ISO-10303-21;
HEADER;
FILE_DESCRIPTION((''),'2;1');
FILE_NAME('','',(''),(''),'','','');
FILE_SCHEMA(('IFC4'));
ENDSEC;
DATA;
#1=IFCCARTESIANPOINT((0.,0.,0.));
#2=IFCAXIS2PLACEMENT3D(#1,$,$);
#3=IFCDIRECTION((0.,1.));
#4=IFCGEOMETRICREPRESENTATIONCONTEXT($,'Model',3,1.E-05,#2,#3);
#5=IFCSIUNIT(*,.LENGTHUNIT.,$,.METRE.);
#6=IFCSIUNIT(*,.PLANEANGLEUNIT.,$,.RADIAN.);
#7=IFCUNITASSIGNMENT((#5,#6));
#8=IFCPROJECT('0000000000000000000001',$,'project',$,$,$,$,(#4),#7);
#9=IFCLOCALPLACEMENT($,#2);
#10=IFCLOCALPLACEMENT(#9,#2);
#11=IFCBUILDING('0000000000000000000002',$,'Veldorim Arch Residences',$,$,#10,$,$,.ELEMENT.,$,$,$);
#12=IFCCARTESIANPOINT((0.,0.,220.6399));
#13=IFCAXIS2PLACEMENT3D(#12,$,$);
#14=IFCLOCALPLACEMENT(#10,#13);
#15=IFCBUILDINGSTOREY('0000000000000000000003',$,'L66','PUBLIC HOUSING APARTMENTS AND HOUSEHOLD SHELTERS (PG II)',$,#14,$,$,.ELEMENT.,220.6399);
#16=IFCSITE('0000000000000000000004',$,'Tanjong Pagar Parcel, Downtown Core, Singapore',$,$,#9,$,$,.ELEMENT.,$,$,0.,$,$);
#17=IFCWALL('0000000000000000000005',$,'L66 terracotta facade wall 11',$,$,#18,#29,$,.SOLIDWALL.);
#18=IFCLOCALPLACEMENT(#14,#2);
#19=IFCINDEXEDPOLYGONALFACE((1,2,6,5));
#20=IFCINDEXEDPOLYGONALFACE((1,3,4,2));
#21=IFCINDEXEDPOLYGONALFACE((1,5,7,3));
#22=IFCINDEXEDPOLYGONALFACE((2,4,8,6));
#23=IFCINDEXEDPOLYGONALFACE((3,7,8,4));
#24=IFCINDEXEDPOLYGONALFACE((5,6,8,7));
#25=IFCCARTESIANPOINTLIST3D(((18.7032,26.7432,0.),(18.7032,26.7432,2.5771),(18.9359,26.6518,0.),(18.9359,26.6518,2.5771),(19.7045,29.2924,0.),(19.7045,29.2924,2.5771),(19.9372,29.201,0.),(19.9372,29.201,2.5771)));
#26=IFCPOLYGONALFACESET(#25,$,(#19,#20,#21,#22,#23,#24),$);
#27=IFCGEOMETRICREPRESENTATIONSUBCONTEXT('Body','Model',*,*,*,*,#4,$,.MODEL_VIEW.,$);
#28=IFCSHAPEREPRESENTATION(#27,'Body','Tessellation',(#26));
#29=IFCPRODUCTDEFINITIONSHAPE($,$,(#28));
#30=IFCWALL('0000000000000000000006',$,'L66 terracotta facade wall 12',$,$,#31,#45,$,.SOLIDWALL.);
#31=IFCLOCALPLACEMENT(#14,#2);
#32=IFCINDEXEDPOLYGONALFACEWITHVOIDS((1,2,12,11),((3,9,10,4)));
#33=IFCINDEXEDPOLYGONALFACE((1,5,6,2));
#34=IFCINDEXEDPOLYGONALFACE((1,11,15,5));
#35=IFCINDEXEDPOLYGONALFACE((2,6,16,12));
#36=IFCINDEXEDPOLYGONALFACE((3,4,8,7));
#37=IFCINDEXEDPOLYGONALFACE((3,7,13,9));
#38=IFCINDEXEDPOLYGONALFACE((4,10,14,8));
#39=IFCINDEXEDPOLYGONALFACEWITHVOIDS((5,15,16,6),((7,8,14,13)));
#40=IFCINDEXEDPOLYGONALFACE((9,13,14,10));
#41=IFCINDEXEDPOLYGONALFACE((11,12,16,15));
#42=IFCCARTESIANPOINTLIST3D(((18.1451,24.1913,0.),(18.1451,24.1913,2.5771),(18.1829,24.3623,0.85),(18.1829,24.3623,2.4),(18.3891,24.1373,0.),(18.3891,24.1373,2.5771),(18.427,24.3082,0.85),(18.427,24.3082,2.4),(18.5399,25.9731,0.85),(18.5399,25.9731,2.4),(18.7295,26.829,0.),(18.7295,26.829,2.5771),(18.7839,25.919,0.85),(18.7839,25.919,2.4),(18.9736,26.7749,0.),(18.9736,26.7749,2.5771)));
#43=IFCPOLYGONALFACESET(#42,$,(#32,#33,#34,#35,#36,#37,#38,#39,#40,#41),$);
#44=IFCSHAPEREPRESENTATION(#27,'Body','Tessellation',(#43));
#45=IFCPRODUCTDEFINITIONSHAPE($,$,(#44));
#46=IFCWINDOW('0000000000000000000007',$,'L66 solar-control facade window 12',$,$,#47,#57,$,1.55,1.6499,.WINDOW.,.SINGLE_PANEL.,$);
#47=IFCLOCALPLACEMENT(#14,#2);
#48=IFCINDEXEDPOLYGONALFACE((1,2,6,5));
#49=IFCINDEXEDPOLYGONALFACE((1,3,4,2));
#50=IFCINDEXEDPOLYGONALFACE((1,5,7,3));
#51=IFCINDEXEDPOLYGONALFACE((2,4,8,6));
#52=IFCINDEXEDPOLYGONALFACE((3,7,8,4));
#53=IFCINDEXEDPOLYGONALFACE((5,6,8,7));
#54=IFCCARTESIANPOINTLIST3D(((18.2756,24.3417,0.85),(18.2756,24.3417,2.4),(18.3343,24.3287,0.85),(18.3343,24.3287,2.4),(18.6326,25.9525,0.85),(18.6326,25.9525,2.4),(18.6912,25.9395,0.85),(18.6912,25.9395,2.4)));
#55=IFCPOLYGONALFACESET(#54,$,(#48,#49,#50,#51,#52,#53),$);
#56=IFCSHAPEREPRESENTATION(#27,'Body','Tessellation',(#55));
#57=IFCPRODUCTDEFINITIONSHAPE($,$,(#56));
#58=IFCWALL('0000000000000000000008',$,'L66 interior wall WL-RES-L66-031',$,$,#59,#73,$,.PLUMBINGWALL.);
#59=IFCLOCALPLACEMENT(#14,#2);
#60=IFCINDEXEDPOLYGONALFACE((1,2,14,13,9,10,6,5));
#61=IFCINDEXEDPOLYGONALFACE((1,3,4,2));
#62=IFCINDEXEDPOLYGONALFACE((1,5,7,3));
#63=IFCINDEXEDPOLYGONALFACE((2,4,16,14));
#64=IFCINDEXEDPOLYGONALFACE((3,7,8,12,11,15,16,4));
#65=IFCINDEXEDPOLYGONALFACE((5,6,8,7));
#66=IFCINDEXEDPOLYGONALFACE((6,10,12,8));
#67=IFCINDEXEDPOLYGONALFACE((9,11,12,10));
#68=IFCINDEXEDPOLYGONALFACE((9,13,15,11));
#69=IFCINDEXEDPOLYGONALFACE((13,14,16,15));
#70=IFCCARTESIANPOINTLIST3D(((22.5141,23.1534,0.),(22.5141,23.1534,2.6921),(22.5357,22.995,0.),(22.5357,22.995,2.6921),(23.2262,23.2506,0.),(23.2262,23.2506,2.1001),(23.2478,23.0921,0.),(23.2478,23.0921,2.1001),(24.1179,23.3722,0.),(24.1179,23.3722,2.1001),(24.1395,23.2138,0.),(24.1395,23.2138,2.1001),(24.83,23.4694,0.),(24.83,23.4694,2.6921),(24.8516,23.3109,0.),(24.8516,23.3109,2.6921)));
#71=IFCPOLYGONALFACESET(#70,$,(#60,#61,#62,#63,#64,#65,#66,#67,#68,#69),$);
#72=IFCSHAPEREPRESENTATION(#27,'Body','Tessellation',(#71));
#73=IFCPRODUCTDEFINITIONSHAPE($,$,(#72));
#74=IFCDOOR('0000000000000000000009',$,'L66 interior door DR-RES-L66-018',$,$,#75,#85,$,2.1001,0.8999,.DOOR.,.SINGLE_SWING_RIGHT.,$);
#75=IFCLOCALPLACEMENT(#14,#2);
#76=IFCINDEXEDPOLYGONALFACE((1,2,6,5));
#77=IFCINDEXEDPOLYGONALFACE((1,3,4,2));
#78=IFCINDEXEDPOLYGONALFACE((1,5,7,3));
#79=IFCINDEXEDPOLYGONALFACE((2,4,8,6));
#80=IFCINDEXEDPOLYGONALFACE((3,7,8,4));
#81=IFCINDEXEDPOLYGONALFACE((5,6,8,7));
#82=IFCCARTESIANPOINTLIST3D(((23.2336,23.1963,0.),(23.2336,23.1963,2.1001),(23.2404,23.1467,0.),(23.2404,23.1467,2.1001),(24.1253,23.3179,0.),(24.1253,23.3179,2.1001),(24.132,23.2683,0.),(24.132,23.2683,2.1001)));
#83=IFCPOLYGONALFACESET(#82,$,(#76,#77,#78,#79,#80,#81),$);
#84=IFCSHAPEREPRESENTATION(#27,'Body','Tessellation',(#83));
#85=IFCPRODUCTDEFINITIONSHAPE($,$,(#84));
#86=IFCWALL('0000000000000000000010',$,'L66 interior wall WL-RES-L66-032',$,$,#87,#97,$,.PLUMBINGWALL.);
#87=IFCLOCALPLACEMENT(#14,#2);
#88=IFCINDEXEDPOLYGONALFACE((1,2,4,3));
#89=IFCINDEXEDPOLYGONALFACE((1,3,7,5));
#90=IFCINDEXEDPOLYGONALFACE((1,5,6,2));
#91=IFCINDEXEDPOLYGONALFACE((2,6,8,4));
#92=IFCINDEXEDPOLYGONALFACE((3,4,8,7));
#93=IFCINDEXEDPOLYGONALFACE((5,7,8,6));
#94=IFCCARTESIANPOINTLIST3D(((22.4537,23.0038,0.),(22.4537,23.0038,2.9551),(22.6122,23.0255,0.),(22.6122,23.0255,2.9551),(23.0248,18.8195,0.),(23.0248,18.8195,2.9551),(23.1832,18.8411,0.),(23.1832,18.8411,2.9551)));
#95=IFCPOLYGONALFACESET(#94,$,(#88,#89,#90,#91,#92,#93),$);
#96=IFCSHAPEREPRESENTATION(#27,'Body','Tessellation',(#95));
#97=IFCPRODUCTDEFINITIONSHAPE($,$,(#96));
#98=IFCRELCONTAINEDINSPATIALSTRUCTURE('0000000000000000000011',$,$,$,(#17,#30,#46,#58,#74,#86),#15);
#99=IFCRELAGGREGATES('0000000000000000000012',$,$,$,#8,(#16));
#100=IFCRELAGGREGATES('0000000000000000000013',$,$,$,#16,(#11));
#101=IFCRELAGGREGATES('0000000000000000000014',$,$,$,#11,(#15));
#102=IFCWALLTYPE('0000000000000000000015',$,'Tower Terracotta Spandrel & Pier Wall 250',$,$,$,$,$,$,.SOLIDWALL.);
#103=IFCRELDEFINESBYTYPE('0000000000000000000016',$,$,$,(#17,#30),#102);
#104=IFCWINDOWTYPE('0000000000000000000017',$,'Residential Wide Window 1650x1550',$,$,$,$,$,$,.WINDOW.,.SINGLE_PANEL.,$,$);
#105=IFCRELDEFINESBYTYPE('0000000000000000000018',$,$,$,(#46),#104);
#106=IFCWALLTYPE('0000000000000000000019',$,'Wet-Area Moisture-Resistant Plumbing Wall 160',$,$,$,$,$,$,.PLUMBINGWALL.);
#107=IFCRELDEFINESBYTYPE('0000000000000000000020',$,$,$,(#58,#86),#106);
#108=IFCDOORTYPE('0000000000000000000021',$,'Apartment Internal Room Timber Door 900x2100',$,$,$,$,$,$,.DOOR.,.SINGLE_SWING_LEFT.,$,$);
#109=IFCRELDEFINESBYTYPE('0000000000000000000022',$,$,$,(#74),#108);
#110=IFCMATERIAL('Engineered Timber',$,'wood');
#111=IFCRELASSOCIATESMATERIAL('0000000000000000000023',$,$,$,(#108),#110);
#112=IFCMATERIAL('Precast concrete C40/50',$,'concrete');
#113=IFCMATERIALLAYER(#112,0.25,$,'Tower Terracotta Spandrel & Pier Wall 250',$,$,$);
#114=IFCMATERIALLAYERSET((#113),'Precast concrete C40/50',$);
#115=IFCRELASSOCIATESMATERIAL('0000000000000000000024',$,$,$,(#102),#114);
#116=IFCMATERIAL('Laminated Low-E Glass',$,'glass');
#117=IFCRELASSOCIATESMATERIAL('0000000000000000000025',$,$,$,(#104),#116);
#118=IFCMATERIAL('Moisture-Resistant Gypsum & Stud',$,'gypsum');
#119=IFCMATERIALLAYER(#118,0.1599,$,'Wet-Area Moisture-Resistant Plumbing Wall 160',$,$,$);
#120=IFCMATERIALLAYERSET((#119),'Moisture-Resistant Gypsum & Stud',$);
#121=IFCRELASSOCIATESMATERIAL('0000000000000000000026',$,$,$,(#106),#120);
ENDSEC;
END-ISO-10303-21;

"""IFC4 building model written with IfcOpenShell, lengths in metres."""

from ifc_helpers import new_model, si_unit, direction, frame, frame_2d, origin, place, context, subcontext, project, spatial, rectangle, extrude, material, layer, layer_set, type_object, element, fill, save


model = new_model("IFC4")

# Units and contexts
model_context = context("Model", 3, precision=1e-05, world=origin(), true_north=direction((0.0, 1.0)))
body_context = subcontext(model_context, "Body", "Model", "MODEL_VIEW")
ifc_project = project(units=[si_unit("LENGTHUNIT", "METRE"), si_unit("PLANEANGLEUNIT", "RADIAN")], contexts=[model_context])

# Site, building, storey
site_placement = place(None, origin())
site = spatial("IfcSite", under=ifc_project, at=site_placement, Name="Tanjong Pagar Parcel, Downtown Core, Singapore", CompositionType="ELEMENT", RefElevation=0.0)
building_placement = place(site_placement, origin())
building = spatial("IfcBuilding", under=site, at=building_placement, Name="Veldorim Arch Residences", CompositionType="ELEMENT")
storey_placement = place(building_placement, frame((0.0, 0.0, 220.6399)))
storey = spatial("IfcBuildingStorey", under=building, at=storey_placement, Name="L66", Description="PUBLIC HOUSING APARTMENTS AND HOUSEHOLD SHELTERS (PG II)", CompositionType="ELEMENT", Elevation=220.6399)

# Shared definitions
ifc_material_1 = material(Name="Engineered Timber", Category="wood")
door_type_1 = type_object("IfcDoorType", Name="Apartment Internal Room Timber Door 900x2100", OperationType="SINGLE_SWING_LEFT", PredefinedType="DOOR", material=ifc_material_1)

# Wall
ifc_material_2 = material(Name="Precast concrete C40/50", Category="concrete")
ifc_layer_1 = layer(ifc_material_2, 0.25, Name="Tower Terracotta Spandrel & Pier Wall 250")
ifc_layer_set_1 = layer_set([ifc_layer_1], Name="Precast concrete C40/50")
wall_type_1 = type_object("IfcWallType", Name="Tower Terracotta Spandrel & Pier Wall 250", PredefinedType="SOLIDWALL", material=ifc_layer_set_1)
wall_1_placement = place(storey_placement, frame((18.8196, 26.6975, 0.0), z_axis=(0.0, 0.0, 1.0), x_axis=(0.365589, 0.930776, 0.0)))
element("IfcWall", 1, at=wall_1_placement, inside=storey, type_object=wall_type_1, Name="L66 terracotta facade wall 11", PredefinedType="SOLIDWALL", context=body_context, shape_type="SweptSolid", body=[
    extrude(rectangle(XDim=2.7388, YDim=0.25, at=frame_2d((1.3694, 0.0))), origin(), (0.0, 0.0, 1.0), 2.5771),
])

# Wall, opening, window
wall_2_placement = place(storey_placement, frame((18.2671, 24.1643, 0.0), z_axis=(0.0, 0.0, 1.0), x_axis=(0.216337, 0.976319, 0.0)))
wall_2 = element("IfcWall", 2, at=wall_2_placement, inside=storey, type_object=wall_type_1, Name="L66 terracotta facade wall 12", PredefinedType="SOLIDWALL", context=body_context, shape_type="SweptSolid", body=[
    extrude(rectangle(XDim=2.7017, YDim=0.25, at=frame_2d((1.3508, 0.0))), origin(), (0.0, 0.0, 1.0), 2.5771),
])
opening_1_placement = place(wall_2_placement, frame((0.175, 0.0, 0.8501)))
opening_1 = element("IfcOpeningElement", 3, at=opening_1_placement, cuts=wall_2, PredefinedType="OPENING", context=body_context, shape_type="SweptSolid", body=[
    extrude(rectangle(XDim=1.6499, YDim=1.55, at=frame_2d((0.825, 0.7749))), frame((0.0, 0.135, 0.0), z_axis=(0.0, -1.0, 0.0), x_axis=(1.0, 0.0, 0.0)), (0.0, 0.0, 1.0), 0.27),
])
ifc_material_3 = material(Name="Laminated Low-E Glass", Category="glass")
window_type = type_object("IfcWindowType", Name="Residential Wide Window 1650x1550", PartitioningType="SINGLE_PANEL", PredefinedType="WINDOW", material=ifc_material_3)
window_placement = place(opening_1_placement, origin())
window = element("IfcWindow", 4, at=window_placement, inside=storey, type_object=window_type, Name="L66 solar-control facade window 12", OverallHeight=1.55, OverallWidth=1.6499, PartitioningType="SINGLE_PANEL", PredefinedType="WINDOW", context=body_context, shape_type="SweptSolid", body=[
    extrude(rectangle(XDim=1.6499, YDim=1.55, at=frame_2d((0.825, 0.7749))), frame((0.0, 0.03, 0.0), z_axis=(0.0, -1.0, 0.0), x_axis=(1.0, 0.0, 0.0)), (0.0, 0.0, 1.0), 0.0601),
])
fill(opening_1, window)

# Wall, opening, door
ifc_material_4 = material(Name="Moisture-Resistant Gypsum & Stud", Category="gypsum")
ifc_layer_2 = layer(ifc_material_4, 0.1599, Name="Wet-Area Moisture-Resistant Plumbing Wall 160")
ifc_layer_set_2 = layer_set([ifc_layer_2], Name="Moisture-Resistant Gypsum & Stud")
wall_type_2 = type_object("IfcWallType", Name="Wet-Area Moisture-Resistant Plumbing Wall 160", PredefinedType="PLUMBINGWALL", material=ifc_layer_set_2)
wall_3_placement = place(storey_placement, frame((24.8408, 23.3901, 0.0), z_axis=(0.0, 0.0, 1.0), x_axis=(-0.990824, -0.13516, 0.0)))
wall_3 = element("IfcWall", 5, at=wall_3_placement, inside=storey, type_object=wall_type_2, Name="L66 interior wall WL-RES-L66-031", PredefinedType="PLUMBINGWALL", context=body_context, shape_type="SweptSolid", body=[
    extrude(rectangle(XDim=2.3374, YDim=0.1599, at=frame_2d((1.1687, 0.0))), origin(), (0.0, 0.0, 1.0), 2.6921),
])
opening_2_placement = place(wall_3_placement, frame((0.7188, 0.0, 0.0)))
opening_2 = element("IfcOpeningElement", 6, at=opening_2_placement, cuts=wall_3, PredefinedType="OPENING", context=body_context, shape_type="SweptSolid", body=[
    extrude(rectangle(XDim=0.8999, YDim=2.1001, at=frame_2d((0.45, 1.05))), frame((0.0, 0.0898, 0.0), z_axis=(0.0, -1.0, 0.0), x_axis=(1.0, 0.0, 0.0)), (0.0, 0.0, 1.0), 0.1799),
])
door_1_placement = place(opening_2_placement, origin())
door_1 = element("IfcDoor", 7, at=door_1_placement, inside=storey, type_object=door_type_1, Name="L66 interior door DR-RES-L66-018", OperationType="SINGLE_SWING_RIGHT", OverallHeight=2.1001, OverallWidth=0.8999, PredefinedType="DOOR", context=body_context, shape_type="SweptSolid", body=[
    extrude(rectangle(XDim=0.8999, YDim=2.1001, at=frame_2d((0.45, 1.05))), frame((0.0, 0.0249, 0.0), z_axis=(0.0, -1.0, 0.0), x_axis=(1.0, 0.0, 0.0)), (0.0, 0.0, 1.0), 0.05),
])
fill(opening_2, door_1)

# Wall
wall_4_placement = place(storey_placement, frame((22.533, 23.0146, 0.0), z_axis=(0.0, 0.0, 1.0), x_axis=(0.135219, -0.990816, 0.0)))
element("IfcWall", 8, at=wall_4_placement, inside=storey, type_object=wall_type_2, Name="L66 interior wall WL-RES-L66-032", PredefinedType="PLUMBINGWALL", context=body_context, shape_type="SweptSolid", body=[
    extrude(rectangle(XDim=4.2231, YDim=0.1599, at=frame_2d((2.1116, 0.0))), origin(), (0.0, 0.0, 1.0), 2.9551),
])

save(model, "model.ifc")
